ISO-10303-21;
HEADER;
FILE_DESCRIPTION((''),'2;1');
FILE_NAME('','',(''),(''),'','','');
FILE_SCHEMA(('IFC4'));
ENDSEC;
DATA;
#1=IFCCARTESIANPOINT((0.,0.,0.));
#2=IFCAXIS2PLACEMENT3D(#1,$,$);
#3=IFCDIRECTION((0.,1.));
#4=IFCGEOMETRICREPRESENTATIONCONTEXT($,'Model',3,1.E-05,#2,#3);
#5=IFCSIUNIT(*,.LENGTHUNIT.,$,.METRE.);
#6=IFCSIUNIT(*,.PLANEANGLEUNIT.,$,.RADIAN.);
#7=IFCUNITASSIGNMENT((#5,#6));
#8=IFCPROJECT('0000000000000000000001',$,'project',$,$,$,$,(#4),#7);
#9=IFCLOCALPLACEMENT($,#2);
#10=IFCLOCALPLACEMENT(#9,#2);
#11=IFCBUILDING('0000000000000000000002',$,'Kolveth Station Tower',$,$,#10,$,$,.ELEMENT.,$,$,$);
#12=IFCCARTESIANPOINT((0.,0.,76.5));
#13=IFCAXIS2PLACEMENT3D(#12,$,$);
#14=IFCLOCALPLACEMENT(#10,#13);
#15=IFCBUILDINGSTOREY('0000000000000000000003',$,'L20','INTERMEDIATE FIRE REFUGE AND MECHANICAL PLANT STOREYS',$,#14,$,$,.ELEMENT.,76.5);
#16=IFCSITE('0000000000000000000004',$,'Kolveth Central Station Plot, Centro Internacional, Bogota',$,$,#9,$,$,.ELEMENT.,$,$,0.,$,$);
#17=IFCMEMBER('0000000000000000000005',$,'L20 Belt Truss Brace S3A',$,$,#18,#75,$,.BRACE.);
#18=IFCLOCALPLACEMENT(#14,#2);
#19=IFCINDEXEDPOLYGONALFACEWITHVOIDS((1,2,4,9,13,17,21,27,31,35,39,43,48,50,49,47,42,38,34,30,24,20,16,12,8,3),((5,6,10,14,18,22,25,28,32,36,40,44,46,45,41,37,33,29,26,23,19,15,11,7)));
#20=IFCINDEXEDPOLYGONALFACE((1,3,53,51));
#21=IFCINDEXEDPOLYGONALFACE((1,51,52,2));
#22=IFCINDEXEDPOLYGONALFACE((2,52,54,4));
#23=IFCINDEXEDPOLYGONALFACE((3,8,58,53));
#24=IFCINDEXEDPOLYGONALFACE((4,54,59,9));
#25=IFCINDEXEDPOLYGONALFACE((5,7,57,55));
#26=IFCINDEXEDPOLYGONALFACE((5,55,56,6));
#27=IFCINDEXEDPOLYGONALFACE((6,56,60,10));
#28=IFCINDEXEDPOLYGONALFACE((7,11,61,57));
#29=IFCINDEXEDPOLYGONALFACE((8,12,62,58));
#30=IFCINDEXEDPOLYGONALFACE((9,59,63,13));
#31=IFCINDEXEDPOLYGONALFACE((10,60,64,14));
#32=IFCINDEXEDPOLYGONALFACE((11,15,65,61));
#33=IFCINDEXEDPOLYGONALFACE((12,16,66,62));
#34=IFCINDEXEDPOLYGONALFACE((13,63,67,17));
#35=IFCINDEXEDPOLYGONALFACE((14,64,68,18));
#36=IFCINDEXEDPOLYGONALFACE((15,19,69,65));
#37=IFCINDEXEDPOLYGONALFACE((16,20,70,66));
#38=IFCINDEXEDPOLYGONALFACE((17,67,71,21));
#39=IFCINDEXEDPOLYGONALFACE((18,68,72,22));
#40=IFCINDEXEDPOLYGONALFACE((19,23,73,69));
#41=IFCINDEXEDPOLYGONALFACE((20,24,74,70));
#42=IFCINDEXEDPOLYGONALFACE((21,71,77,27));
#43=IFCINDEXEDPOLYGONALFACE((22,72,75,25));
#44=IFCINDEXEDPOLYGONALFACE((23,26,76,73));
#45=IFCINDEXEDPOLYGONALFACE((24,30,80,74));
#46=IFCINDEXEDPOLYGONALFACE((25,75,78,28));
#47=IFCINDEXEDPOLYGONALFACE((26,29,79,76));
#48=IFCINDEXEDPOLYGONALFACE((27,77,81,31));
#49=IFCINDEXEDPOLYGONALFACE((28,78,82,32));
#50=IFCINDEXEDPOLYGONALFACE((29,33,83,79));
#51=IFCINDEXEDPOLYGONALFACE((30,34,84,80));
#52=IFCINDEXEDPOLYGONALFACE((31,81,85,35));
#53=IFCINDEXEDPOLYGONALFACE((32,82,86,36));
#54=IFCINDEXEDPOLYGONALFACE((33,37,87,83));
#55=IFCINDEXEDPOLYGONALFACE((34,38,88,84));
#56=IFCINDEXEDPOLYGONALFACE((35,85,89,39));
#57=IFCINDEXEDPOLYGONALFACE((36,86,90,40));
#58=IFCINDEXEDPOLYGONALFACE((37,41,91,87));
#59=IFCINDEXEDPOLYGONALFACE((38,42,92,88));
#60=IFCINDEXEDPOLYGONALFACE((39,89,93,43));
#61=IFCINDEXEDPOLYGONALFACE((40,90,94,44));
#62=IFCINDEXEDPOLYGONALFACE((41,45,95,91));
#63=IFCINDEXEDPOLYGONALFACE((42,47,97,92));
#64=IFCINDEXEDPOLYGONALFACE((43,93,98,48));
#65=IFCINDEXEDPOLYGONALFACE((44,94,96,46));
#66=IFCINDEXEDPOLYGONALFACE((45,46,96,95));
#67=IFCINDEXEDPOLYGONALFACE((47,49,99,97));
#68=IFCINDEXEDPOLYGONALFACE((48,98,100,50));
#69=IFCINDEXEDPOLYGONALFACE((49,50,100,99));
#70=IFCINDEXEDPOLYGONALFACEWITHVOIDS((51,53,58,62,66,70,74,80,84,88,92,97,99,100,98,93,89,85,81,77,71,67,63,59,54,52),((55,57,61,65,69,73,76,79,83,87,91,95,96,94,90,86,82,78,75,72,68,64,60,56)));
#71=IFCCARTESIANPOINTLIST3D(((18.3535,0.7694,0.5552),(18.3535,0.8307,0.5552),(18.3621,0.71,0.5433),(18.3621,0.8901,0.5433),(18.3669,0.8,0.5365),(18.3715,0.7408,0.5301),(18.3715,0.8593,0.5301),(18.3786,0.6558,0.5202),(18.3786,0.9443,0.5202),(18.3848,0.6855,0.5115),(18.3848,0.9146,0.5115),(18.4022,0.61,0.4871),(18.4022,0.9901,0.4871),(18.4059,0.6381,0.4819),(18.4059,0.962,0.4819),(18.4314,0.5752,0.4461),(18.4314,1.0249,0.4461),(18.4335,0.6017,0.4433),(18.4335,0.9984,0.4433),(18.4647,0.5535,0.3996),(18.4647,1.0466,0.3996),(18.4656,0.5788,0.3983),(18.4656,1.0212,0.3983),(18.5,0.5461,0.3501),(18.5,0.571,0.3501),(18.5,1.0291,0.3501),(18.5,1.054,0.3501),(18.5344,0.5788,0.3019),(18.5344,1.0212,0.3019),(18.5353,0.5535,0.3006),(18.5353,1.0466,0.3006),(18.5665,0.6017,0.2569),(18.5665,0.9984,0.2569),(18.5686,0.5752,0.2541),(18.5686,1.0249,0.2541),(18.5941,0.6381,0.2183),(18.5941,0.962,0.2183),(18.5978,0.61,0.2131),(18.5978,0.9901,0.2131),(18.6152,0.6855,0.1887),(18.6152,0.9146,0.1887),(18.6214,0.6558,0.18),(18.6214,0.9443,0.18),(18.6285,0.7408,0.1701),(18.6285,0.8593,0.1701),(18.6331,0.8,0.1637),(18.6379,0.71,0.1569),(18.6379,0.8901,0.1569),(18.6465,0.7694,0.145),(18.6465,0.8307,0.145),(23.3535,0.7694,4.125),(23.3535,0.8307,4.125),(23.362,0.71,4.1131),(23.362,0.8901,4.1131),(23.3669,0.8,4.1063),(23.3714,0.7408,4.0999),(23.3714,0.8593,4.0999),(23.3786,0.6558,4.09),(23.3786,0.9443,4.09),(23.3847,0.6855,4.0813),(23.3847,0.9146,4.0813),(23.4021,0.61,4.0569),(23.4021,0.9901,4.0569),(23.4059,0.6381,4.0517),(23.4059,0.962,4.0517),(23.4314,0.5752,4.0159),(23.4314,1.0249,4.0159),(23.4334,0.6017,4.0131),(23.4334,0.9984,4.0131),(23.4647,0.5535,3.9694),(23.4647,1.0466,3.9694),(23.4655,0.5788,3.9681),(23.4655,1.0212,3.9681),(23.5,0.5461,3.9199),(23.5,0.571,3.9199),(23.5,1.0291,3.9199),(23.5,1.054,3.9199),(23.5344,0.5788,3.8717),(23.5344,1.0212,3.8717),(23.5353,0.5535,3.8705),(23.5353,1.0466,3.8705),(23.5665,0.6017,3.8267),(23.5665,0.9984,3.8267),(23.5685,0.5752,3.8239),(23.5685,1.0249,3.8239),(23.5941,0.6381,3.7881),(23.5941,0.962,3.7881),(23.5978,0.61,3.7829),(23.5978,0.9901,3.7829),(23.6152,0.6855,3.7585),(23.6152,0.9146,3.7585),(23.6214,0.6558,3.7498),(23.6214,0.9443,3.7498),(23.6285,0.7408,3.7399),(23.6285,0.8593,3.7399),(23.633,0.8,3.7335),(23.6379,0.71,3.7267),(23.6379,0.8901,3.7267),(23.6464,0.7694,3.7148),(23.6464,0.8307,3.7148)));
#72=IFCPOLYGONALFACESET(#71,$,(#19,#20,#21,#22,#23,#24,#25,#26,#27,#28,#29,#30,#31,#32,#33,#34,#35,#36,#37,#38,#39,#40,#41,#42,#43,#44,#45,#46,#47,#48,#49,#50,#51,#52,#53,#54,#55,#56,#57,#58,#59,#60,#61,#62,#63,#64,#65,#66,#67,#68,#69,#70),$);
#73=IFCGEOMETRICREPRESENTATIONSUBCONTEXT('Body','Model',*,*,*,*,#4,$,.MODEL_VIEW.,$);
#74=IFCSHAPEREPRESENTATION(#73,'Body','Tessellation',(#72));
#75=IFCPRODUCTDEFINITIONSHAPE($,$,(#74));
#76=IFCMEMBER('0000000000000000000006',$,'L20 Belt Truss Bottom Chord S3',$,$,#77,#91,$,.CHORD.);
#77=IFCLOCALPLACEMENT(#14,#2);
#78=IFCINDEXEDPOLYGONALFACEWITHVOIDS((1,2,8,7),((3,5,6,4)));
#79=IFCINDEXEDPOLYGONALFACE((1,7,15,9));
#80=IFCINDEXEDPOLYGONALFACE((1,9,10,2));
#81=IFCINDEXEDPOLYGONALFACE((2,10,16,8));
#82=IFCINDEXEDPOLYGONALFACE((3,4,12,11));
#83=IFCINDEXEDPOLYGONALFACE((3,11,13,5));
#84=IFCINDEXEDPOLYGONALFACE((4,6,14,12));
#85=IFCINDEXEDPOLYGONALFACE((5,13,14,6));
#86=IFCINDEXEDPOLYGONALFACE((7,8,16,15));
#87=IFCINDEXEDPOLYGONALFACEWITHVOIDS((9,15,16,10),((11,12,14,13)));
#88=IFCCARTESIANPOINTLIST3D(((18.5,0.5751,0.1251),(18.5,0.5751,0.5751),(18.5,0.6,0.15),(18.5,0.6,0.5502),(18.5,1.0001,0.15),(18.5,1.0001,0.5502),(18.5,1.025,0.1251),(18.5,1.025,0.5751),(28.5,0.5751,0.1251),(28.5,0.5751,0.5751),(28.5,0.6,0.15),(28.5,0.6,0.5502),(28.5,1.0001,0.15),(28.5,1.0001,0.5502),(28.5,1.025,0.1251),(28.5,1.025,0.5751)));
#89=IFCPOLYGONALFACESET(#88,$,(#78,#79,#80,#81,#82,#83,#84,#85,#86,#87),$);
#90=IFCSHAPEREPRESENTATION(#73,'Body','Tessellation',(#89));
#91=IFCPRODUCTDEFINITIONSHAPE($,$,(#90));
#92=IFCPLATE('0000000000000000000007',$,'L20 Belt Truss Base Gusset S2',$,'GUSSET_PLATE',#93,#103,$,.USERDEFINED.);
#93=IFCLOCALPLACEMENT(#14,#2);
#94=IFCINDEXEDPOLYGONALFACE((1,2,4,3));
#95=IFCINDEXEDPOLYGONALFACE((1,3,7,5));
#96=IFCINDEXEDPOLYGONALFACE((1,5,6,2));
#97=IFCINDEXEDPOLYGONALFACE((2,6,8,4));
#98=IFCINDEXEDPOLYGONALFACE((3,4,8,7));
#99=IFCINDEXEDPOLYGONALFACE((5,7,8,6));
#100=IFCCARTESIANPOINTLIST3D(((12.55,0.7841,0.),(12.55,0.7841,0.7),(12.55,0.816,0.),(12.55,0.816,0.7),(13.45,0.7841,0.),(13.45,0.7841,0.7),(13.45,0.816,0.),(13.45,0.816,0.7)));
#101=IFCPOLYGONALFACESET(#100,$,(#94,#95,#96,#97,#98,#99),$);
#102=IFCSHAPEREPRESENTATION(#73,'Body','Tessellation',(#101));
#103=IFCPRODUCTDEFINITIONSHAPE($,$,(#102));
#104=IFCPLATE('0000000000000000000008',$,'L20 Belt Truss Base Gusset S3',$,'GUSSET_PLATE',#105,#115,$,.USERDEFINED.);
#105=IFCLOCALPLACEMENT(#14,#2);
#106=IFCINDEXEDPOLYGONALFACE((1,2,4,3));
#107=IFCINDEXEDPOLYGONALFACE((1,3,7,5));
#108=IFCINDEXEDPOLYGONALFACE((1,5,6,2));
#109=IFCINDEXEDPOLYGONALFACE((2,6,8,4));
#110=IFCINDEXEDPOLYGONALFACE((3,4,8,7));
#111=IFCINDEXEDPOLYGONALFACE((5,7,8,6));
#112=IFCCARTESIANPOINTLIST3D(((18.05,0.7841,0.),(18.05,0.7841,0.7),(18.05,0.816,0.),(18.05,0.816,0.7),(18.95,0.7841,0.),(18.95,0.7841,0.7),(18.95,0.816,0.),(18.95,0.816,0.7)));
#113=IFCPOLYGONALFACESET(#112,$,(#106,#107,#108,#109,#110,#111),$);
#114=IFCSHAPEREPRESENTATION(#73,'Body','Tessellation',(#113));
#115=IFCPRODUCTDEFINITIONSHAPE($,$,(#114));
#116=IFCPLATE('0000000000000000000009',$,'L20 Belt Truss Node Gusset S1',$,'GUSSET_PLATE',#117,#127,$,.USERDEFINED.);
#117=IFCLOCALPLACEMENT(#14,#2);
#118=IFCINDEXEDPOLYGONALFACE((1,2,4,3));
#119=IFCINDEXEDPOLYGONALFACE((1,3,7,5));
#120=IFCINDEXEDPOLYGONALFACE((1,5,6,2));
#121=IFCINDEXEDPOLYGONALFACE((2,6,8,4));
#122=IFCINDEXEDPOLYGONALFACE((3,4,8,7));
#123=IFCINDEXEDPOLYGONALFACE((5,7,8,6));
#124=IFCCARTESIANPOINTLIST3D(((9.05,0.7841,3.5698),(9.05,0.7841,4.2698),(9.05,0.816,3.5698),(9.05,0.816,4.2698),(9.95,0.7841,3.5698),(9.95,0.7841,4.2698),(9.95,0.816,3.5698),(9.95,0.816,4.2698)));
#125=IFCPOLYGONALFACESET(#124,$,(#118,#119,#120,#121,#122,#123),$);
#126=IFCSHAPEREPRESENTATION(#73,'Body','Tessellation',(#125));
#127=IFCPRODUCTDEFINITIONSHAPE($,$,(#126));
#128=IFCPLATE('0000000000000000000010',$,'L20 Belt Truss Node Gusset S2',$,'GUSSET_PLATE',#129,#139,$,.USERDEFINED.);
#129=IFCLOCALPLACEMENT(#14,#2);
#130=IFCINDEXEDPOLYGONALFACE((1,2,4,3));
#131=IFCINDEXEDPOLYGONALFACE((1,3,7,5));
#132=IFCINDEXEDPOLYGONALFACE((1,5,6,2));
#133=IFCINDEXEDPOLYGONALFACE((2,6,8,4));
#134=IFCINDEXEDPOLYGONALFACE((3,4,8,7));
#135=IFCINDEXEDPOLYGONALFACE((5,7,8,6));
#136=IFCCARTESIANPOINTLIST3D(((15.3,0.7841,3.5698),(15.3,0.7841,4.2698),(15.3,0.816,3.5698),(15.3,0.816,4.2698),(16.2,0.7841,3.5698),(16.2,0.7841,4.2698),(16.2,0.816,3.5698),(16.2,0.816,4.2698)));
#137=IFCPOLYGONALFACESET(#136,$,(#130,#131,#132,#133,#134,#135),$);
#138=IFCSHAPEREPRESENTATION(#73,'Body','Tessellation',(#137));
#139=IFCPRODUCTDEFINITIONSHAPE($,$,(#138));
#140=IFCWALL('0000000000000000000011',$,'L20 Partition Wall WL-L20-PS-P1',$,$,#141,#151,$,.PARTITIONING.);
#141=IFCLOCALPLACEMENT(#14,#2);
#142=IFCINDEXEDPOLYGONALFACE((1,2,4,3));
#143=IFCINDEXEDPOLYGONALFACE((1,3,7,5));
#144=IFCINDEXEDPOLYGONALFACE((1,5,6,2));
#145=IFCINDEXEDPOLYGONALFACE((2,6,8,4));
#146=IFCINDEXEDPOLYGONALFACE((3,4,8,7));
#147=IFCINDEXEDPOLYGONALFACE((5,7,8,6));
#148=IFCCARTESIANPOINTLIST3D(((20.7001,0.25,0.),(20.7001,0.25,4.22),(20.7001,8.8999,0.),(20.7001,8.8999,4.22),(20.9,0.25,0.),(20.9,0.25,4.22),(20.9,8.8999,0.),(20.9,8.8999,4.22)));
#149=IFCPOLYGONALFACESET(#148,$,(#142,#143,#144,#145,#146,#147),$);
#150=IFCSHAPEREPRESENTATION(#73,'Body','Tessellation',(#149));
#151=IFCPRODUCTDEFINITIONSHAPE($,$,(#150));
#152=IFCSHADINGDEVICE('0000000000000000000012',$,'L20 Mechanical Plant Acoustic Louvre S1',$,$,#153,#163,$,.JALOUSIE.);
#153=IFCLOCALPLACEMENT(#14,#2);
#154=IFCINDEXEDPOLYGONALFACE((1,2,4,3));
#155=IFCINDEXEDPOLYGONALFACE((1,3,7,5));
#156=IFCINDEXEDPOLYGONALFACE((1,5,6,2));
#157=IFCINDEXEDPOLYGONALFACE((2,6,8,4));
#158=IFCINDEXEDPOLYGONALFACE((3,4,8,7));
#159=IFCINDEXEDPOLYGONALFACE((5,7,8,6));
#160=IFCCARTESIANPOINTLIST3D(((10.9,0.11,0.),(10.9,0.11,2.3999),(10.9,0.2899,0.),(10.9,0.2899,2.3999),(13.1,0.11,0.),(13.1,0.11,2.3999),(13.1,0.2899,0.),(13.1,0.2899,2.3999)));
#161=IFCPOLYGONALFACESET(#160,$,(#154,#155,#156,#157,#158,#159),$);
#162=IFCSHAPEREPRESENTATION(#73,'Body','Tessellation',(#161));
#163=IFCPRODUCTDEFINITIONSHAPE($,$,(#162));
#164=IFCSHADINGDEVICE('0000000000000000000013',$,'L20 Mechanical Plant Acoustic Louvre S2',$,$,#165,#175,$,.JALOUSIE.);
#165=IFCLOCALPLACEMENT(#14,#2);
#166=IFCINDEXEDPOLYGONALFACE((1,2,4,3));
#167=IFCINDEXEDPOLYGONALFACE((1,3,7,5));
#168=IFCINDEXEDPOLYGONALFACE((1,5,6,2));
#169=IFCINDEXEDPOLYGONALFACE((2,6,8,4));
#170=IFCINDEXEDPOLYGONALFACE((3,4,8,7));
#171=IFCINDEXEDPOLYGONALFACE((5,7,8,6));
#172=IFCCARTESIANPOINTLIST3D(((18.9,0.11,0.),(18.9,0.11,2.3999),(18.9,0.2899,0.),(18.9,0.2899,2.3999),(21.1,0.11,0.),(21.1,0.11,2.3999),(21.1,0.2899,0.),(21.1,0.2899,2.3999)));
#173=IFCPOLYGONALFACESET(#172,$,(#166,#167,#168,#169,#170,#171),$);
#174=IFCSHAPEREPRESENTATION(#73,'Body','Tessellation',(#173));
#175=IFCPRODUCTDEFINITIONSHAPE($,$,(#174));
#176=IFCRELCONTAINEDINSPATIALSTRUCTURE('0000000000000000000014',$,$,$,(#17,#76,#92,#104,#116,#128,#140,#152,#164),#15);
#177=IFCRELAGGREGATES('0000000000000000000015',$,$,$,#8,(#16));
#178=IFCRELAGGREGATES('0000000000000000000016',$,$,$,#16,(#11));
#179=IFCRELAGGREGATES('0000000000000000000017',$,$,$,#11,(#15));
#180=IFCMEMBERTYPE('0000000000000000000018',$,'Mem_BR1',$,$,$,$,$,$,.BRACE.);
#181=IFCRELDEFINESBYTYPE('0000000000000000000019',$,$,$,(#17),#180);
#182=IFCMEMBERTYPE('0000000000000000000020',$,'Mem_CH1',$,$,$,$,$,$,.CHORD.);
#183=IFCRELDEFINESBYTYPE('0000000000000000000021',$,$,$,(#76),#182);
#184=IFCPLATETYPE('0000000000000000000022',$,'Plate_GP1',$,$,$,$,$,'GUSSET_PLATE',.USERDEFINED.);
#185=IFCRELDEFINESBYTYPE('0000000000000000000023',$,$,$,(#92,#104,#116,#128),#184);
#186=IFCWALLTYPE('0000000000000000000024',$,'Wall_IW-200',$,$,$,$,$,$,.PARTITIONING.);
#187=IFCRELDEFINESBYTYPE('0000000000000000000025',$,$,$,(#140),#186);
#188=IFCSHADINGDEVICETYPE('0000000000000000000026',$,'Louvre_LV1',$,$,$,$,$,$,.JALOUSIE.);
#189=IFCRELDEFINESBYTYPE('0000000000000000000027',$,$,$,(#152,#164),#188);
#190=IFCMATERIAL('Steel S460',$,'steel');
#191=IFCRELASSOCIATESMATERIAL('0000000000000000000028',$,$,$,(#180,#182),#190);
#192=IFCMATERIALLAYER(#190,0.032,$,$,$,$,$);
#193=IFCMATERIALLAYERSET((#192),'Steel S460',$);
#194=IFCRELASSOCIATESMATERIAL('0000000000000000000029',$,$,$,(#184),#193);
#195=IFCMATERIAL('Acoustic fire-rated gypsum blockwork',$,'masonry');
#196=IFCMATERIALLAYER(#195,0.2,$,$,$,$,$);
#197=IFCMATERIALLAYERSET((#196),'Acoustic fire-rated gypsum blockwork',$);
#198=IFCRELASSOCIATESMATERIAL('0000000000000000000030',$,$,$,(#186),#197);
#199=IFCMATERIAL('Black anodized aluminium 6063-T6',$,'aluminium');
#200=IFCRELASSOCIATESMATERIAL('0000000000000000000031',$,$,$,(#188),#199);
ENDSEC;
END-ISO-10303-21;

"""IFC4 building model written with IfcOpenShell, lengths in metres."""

from ifc_helpers import new_model, si_unit, direction, frame, frame_2d, origin, origin_2d, place, context, subcontext, project, spatial, rectangle, hollow_rectangle, hollow_circle, extrude, source, transform, mapped, material, layer, layer_set, material_profile, profile_set, type_object, element, save


model = new_model("IFC4")

# Units and contexts
model_context = context("Model", 3, precision=1e-05, world=origin(), true_north=direction((0.0, 1.0)))
body_context = subcontext(model_context, "Body", "Model", "MODEL_VIEW")
ifc_project = project(units=[si_unit("LENGTHUNIT", "METRE"), si_unit("PLANEANGLEUNIT", "RADIAN")], contexts=[model_context])

# Site, building, storey
site_placement = place(None, origin())
site = spatial("IfcSite", under=ifc_project, at=site_placement, Name="Kolveth Central Station Plot, Centro Internacional, Bogota", CompositionType="ELEMENT", RefElevation=0.0)
building_placement = place(site_placement, origin())
building = spatial("IfcBuilding", under=site, at=building_placement, Name="Kolveth Station Tower", CompositionType="ELEMENT")
storey_placement = place(building_placement, frame((0.0, 0.0, 76.5)))
storey = spatial("IfcBuildingStorey", under=building, at=storey_placement, Name="L20", Description="INTERMEDIATE FIRE REFUGE AND MECHANICAL PLANT STOREYS", CompositionType="ELEMENT", Elevation=76.5)

# Shared definitions
ifc_material_1 = material(Name="Steel S460", Category="steel")

# Members
ifc_material_profile_1 = material_profile(ifc_material_1, hollow_circle(Radius=0.2539, WallThickness=0.0249, at=origin_2d()), Name="CHS508x25")
ifc_profile_set_1 = profile_set([ifc_material_profile_1], Name="Steel S460")
member_type_1 = type_object("IfcMemberType", Name="Mem_BR1", PredefinedType="BRACE", material=ifc_profile_set_1)
ifc_material_profile_2 = material_profile(ifc_material_1, hollow_rectangle(XDim=0.45, YDim=0.45, WallThickness=0.0249, at=origin_2d()), Name="HSS450x450x25")
ifc_profile_set_2 = profile_set([ifc_material_profile_2], Name="Steel S460")
member_type_2 = type_object("IfcMemberType", Name="Mem_CH1", PredefinedType="CHORD", material=ifc_profile_set_2)
shared_shape_1 = source(origin(), body_context, "Body", "SweptSolid", [
    extrude(hollow_circle(Radius=0.2539, WallThickness=0.0249, at=origin_2d()), origin(), (0.0, 0.0, 1.0), 6.1436),
])
member_1_placement = place(storey_placement, frame((18.5, 0.8, 0.3501), z_axis=(0.813857, 0.0, 0.581065), x_axis=(0.0, 1.0, 0.0)))
element("IfcMember", 1, at=member_1_placement, inside=storey, type_object=member_type_1, Name="L20 Belt Truss Brace S3A", PredefinedType="BRACE", context=body_context, shape_type="MappedRepresentation", body=[
    mapped(shared_shape_1, transform((0.0, 0.0, 0.0), x_axis=(1.0, 0.0, 0.0), y_axis=(0.0, 1.0, 0.0), z_axis=(0.0, 0.0, 1.0), scale=1.0)),
])
shared_shape_2 = source(origin(), body_context, "Body", "SweptSolid", [
    extrude(hollow_rectangle(XDim=0.45, YDim=0.45, WallThickness=0.0249, at=origin_2d()), origin(), (0.0, 0.0, 1.0), 10.0),
])
member_2_placement = place(storey_placement, frame((18.5, 0.8, 0.3501), z_axis=(1.0, 0.0, 0.0), x_axis=(0.0, 1.0, 0.0)))
element("IfcMember", 2, at=member_2_placement, inside=storey, type_object=member_type_2, Name="L20 Belt Truss Bottom Chord S3", PredefinedType="CHORD", context=body_context, shape_type="MappedRepresentation", body=[
    mapped(shared_shape_2, transform((0.0, 0.0, 0.0), x_axis=(1.0, 0.0, 0.0), y_axis=(0.0, 1.0, 0.0), z_axis=(0.0, 0.0, 1.0), scale=1.0)),
])

# Plates
ifc_layer_1 = layer(ifc_material_1, 0.032)
ifc_layer_set_1 = layer_set([ifc_layer_1], Name="Steel S460")
plate_type = type_object("IfcPlateType", Name="Plate_GP1", ElementType="GUSSET_PLATE", PredefinedType="USERDEFINED", material=ifc_layer_set_1)
shared_shape_3 = source(origin(), body_context, "Body", "SweptSolid", [
    extrude(rectangle(XDim=0.8999, YDim=0.032, at=origin_2d()), origin(), (0.0, 0.0, 1.0), 0.7),
])
for number, where, z_axis, x_axis, name in (
    (3, (13.0, 0.8, 0.0), (0.0, 0.0, 1.0), (1.0, 0.0, 0.0), "L20 Belt Truss Base Gusset S2"),
    (4, (18.5, 0.8, 0.0), (0.0, 0.0, 1.0), (1.0, 0.0, 0.0), "L20 Belt Truss Base Gusset S3"),
    (5, (9.5, 0.8, 3.5698), (0.0, 0.0, 1.0), (1.0, 0.0, 0.0), "L20 Belt Truss Node Gusset S1"),
    (6, (15.75, 0.8, 3.5698), (0.0, 0.0, 1.0), (1.0, 0.0, 0.0), "L20 Belt Truss Node Gusset S2"),
):
    element("IfcPlate", number, at=place(storey_placement, frame(where, z_axis=z_axis, x_axis=x_axis)), inside=storey, type_object=plate_type, Name=name, ObjectType="GUSSET_PLATE", PredefinedType="USERDEFINED", context=body_context, shape_type="MappedRepresentation", body=[
        mapped(shared_shape_3, transform((0.0, 0.0, 0.0), x_axis=(1.0, 0.0, 0.0), y_axis=(0.0, 1.0, 0.0), z_axis=(0.0, 0.0, 1.0), scale=1.0)),
    ])

# Wall
ifc_material_2 = material(Name="Acoustic fire-rated gypsum blockwork", Category="masonry")
ifc_layer_2 = layer(ifc_material_2, 0.2)
ifc_layer_set_2 = layer_set([ifc_layer_2], Name="Acoustic fire-rated gypsum blockwork")
wall_type = type_object("IfcWallType", Name="Wall_IW-200", PredefinedType="PARTITIONING", material=ifc_layer_set_2)
wall_placement = place(storey_placement, frame((20.8, 0.25, 0.0), z_axis=(0.0, 0.0, 1.0), x_axis=(0.0, 1.0, 0.0)))
element("IfcWall", 7, at=wall_placement, inside=storey, type_object=wall_type, Name="L20 Partition Wall WL-L20-PS-P1", PredefinedType="PARTITIONING", context=body_context, shape_type="SweptSolid", body=[
    extrude(rectangle(XDim=8.6499, YDim=0.2, at=frame_2d((4.325, 0.0))), origin(), (0.0, 0.0, 1.0), 4.22),
])

# Shading devices
ifc_material_3 = material(Name="Black anodized aluminium 6063-T6", Category="aluminium")
shading_device_type = type_object("IfcShadingDeviceType", Name="Louvre_LV1", PredefinedType="JALOUSIE", material=ifc_material_3)
shared_shape_4 = source(origin(), body_context, "Body", "SweptSolid", [
    extrude(rectangle(XDim=2.2, YDim=0.1799, at=origin_2d()), origin(), (0.0, 0.0, 1.0), 2.3999),
])
for number, where, z_axis, x_axis, name in (
    (8, (12.0, 0.2, 0.0), (0.0, 0.0, 1.0), (1.0, 0.0, 0.0), "L20 Mechanical Plant Acoustic Louvre S1"),
    (9, (20.0, 0.2, 0.0), (0.0, 0.0, 1.0), (1.0, 0.0, 0.0), "L20 Mechanical Plant Acoustic Louvre S2"),
):
    element("IfcShadingDevice", number, at=place(storey_placement, frame(where, z_axis=z_axis, x_axis=x_axis)), inside=storey, type_object=shading_device_type, Name=name, PredefinedType="JALOUSIE", context=body_context, shape_type="MappedRepresentation", body=[
        mapped(shared_shape_4, transform((0.0, 0.0, 0.0), x_axis=(1.0, 0.0, 0.0), y_axis=(0.0, 1.0, 0.0), z_axis=(0.0, 0.0, 1.0), scale=1.0)),
    ])

save(model, "model.ifc")
